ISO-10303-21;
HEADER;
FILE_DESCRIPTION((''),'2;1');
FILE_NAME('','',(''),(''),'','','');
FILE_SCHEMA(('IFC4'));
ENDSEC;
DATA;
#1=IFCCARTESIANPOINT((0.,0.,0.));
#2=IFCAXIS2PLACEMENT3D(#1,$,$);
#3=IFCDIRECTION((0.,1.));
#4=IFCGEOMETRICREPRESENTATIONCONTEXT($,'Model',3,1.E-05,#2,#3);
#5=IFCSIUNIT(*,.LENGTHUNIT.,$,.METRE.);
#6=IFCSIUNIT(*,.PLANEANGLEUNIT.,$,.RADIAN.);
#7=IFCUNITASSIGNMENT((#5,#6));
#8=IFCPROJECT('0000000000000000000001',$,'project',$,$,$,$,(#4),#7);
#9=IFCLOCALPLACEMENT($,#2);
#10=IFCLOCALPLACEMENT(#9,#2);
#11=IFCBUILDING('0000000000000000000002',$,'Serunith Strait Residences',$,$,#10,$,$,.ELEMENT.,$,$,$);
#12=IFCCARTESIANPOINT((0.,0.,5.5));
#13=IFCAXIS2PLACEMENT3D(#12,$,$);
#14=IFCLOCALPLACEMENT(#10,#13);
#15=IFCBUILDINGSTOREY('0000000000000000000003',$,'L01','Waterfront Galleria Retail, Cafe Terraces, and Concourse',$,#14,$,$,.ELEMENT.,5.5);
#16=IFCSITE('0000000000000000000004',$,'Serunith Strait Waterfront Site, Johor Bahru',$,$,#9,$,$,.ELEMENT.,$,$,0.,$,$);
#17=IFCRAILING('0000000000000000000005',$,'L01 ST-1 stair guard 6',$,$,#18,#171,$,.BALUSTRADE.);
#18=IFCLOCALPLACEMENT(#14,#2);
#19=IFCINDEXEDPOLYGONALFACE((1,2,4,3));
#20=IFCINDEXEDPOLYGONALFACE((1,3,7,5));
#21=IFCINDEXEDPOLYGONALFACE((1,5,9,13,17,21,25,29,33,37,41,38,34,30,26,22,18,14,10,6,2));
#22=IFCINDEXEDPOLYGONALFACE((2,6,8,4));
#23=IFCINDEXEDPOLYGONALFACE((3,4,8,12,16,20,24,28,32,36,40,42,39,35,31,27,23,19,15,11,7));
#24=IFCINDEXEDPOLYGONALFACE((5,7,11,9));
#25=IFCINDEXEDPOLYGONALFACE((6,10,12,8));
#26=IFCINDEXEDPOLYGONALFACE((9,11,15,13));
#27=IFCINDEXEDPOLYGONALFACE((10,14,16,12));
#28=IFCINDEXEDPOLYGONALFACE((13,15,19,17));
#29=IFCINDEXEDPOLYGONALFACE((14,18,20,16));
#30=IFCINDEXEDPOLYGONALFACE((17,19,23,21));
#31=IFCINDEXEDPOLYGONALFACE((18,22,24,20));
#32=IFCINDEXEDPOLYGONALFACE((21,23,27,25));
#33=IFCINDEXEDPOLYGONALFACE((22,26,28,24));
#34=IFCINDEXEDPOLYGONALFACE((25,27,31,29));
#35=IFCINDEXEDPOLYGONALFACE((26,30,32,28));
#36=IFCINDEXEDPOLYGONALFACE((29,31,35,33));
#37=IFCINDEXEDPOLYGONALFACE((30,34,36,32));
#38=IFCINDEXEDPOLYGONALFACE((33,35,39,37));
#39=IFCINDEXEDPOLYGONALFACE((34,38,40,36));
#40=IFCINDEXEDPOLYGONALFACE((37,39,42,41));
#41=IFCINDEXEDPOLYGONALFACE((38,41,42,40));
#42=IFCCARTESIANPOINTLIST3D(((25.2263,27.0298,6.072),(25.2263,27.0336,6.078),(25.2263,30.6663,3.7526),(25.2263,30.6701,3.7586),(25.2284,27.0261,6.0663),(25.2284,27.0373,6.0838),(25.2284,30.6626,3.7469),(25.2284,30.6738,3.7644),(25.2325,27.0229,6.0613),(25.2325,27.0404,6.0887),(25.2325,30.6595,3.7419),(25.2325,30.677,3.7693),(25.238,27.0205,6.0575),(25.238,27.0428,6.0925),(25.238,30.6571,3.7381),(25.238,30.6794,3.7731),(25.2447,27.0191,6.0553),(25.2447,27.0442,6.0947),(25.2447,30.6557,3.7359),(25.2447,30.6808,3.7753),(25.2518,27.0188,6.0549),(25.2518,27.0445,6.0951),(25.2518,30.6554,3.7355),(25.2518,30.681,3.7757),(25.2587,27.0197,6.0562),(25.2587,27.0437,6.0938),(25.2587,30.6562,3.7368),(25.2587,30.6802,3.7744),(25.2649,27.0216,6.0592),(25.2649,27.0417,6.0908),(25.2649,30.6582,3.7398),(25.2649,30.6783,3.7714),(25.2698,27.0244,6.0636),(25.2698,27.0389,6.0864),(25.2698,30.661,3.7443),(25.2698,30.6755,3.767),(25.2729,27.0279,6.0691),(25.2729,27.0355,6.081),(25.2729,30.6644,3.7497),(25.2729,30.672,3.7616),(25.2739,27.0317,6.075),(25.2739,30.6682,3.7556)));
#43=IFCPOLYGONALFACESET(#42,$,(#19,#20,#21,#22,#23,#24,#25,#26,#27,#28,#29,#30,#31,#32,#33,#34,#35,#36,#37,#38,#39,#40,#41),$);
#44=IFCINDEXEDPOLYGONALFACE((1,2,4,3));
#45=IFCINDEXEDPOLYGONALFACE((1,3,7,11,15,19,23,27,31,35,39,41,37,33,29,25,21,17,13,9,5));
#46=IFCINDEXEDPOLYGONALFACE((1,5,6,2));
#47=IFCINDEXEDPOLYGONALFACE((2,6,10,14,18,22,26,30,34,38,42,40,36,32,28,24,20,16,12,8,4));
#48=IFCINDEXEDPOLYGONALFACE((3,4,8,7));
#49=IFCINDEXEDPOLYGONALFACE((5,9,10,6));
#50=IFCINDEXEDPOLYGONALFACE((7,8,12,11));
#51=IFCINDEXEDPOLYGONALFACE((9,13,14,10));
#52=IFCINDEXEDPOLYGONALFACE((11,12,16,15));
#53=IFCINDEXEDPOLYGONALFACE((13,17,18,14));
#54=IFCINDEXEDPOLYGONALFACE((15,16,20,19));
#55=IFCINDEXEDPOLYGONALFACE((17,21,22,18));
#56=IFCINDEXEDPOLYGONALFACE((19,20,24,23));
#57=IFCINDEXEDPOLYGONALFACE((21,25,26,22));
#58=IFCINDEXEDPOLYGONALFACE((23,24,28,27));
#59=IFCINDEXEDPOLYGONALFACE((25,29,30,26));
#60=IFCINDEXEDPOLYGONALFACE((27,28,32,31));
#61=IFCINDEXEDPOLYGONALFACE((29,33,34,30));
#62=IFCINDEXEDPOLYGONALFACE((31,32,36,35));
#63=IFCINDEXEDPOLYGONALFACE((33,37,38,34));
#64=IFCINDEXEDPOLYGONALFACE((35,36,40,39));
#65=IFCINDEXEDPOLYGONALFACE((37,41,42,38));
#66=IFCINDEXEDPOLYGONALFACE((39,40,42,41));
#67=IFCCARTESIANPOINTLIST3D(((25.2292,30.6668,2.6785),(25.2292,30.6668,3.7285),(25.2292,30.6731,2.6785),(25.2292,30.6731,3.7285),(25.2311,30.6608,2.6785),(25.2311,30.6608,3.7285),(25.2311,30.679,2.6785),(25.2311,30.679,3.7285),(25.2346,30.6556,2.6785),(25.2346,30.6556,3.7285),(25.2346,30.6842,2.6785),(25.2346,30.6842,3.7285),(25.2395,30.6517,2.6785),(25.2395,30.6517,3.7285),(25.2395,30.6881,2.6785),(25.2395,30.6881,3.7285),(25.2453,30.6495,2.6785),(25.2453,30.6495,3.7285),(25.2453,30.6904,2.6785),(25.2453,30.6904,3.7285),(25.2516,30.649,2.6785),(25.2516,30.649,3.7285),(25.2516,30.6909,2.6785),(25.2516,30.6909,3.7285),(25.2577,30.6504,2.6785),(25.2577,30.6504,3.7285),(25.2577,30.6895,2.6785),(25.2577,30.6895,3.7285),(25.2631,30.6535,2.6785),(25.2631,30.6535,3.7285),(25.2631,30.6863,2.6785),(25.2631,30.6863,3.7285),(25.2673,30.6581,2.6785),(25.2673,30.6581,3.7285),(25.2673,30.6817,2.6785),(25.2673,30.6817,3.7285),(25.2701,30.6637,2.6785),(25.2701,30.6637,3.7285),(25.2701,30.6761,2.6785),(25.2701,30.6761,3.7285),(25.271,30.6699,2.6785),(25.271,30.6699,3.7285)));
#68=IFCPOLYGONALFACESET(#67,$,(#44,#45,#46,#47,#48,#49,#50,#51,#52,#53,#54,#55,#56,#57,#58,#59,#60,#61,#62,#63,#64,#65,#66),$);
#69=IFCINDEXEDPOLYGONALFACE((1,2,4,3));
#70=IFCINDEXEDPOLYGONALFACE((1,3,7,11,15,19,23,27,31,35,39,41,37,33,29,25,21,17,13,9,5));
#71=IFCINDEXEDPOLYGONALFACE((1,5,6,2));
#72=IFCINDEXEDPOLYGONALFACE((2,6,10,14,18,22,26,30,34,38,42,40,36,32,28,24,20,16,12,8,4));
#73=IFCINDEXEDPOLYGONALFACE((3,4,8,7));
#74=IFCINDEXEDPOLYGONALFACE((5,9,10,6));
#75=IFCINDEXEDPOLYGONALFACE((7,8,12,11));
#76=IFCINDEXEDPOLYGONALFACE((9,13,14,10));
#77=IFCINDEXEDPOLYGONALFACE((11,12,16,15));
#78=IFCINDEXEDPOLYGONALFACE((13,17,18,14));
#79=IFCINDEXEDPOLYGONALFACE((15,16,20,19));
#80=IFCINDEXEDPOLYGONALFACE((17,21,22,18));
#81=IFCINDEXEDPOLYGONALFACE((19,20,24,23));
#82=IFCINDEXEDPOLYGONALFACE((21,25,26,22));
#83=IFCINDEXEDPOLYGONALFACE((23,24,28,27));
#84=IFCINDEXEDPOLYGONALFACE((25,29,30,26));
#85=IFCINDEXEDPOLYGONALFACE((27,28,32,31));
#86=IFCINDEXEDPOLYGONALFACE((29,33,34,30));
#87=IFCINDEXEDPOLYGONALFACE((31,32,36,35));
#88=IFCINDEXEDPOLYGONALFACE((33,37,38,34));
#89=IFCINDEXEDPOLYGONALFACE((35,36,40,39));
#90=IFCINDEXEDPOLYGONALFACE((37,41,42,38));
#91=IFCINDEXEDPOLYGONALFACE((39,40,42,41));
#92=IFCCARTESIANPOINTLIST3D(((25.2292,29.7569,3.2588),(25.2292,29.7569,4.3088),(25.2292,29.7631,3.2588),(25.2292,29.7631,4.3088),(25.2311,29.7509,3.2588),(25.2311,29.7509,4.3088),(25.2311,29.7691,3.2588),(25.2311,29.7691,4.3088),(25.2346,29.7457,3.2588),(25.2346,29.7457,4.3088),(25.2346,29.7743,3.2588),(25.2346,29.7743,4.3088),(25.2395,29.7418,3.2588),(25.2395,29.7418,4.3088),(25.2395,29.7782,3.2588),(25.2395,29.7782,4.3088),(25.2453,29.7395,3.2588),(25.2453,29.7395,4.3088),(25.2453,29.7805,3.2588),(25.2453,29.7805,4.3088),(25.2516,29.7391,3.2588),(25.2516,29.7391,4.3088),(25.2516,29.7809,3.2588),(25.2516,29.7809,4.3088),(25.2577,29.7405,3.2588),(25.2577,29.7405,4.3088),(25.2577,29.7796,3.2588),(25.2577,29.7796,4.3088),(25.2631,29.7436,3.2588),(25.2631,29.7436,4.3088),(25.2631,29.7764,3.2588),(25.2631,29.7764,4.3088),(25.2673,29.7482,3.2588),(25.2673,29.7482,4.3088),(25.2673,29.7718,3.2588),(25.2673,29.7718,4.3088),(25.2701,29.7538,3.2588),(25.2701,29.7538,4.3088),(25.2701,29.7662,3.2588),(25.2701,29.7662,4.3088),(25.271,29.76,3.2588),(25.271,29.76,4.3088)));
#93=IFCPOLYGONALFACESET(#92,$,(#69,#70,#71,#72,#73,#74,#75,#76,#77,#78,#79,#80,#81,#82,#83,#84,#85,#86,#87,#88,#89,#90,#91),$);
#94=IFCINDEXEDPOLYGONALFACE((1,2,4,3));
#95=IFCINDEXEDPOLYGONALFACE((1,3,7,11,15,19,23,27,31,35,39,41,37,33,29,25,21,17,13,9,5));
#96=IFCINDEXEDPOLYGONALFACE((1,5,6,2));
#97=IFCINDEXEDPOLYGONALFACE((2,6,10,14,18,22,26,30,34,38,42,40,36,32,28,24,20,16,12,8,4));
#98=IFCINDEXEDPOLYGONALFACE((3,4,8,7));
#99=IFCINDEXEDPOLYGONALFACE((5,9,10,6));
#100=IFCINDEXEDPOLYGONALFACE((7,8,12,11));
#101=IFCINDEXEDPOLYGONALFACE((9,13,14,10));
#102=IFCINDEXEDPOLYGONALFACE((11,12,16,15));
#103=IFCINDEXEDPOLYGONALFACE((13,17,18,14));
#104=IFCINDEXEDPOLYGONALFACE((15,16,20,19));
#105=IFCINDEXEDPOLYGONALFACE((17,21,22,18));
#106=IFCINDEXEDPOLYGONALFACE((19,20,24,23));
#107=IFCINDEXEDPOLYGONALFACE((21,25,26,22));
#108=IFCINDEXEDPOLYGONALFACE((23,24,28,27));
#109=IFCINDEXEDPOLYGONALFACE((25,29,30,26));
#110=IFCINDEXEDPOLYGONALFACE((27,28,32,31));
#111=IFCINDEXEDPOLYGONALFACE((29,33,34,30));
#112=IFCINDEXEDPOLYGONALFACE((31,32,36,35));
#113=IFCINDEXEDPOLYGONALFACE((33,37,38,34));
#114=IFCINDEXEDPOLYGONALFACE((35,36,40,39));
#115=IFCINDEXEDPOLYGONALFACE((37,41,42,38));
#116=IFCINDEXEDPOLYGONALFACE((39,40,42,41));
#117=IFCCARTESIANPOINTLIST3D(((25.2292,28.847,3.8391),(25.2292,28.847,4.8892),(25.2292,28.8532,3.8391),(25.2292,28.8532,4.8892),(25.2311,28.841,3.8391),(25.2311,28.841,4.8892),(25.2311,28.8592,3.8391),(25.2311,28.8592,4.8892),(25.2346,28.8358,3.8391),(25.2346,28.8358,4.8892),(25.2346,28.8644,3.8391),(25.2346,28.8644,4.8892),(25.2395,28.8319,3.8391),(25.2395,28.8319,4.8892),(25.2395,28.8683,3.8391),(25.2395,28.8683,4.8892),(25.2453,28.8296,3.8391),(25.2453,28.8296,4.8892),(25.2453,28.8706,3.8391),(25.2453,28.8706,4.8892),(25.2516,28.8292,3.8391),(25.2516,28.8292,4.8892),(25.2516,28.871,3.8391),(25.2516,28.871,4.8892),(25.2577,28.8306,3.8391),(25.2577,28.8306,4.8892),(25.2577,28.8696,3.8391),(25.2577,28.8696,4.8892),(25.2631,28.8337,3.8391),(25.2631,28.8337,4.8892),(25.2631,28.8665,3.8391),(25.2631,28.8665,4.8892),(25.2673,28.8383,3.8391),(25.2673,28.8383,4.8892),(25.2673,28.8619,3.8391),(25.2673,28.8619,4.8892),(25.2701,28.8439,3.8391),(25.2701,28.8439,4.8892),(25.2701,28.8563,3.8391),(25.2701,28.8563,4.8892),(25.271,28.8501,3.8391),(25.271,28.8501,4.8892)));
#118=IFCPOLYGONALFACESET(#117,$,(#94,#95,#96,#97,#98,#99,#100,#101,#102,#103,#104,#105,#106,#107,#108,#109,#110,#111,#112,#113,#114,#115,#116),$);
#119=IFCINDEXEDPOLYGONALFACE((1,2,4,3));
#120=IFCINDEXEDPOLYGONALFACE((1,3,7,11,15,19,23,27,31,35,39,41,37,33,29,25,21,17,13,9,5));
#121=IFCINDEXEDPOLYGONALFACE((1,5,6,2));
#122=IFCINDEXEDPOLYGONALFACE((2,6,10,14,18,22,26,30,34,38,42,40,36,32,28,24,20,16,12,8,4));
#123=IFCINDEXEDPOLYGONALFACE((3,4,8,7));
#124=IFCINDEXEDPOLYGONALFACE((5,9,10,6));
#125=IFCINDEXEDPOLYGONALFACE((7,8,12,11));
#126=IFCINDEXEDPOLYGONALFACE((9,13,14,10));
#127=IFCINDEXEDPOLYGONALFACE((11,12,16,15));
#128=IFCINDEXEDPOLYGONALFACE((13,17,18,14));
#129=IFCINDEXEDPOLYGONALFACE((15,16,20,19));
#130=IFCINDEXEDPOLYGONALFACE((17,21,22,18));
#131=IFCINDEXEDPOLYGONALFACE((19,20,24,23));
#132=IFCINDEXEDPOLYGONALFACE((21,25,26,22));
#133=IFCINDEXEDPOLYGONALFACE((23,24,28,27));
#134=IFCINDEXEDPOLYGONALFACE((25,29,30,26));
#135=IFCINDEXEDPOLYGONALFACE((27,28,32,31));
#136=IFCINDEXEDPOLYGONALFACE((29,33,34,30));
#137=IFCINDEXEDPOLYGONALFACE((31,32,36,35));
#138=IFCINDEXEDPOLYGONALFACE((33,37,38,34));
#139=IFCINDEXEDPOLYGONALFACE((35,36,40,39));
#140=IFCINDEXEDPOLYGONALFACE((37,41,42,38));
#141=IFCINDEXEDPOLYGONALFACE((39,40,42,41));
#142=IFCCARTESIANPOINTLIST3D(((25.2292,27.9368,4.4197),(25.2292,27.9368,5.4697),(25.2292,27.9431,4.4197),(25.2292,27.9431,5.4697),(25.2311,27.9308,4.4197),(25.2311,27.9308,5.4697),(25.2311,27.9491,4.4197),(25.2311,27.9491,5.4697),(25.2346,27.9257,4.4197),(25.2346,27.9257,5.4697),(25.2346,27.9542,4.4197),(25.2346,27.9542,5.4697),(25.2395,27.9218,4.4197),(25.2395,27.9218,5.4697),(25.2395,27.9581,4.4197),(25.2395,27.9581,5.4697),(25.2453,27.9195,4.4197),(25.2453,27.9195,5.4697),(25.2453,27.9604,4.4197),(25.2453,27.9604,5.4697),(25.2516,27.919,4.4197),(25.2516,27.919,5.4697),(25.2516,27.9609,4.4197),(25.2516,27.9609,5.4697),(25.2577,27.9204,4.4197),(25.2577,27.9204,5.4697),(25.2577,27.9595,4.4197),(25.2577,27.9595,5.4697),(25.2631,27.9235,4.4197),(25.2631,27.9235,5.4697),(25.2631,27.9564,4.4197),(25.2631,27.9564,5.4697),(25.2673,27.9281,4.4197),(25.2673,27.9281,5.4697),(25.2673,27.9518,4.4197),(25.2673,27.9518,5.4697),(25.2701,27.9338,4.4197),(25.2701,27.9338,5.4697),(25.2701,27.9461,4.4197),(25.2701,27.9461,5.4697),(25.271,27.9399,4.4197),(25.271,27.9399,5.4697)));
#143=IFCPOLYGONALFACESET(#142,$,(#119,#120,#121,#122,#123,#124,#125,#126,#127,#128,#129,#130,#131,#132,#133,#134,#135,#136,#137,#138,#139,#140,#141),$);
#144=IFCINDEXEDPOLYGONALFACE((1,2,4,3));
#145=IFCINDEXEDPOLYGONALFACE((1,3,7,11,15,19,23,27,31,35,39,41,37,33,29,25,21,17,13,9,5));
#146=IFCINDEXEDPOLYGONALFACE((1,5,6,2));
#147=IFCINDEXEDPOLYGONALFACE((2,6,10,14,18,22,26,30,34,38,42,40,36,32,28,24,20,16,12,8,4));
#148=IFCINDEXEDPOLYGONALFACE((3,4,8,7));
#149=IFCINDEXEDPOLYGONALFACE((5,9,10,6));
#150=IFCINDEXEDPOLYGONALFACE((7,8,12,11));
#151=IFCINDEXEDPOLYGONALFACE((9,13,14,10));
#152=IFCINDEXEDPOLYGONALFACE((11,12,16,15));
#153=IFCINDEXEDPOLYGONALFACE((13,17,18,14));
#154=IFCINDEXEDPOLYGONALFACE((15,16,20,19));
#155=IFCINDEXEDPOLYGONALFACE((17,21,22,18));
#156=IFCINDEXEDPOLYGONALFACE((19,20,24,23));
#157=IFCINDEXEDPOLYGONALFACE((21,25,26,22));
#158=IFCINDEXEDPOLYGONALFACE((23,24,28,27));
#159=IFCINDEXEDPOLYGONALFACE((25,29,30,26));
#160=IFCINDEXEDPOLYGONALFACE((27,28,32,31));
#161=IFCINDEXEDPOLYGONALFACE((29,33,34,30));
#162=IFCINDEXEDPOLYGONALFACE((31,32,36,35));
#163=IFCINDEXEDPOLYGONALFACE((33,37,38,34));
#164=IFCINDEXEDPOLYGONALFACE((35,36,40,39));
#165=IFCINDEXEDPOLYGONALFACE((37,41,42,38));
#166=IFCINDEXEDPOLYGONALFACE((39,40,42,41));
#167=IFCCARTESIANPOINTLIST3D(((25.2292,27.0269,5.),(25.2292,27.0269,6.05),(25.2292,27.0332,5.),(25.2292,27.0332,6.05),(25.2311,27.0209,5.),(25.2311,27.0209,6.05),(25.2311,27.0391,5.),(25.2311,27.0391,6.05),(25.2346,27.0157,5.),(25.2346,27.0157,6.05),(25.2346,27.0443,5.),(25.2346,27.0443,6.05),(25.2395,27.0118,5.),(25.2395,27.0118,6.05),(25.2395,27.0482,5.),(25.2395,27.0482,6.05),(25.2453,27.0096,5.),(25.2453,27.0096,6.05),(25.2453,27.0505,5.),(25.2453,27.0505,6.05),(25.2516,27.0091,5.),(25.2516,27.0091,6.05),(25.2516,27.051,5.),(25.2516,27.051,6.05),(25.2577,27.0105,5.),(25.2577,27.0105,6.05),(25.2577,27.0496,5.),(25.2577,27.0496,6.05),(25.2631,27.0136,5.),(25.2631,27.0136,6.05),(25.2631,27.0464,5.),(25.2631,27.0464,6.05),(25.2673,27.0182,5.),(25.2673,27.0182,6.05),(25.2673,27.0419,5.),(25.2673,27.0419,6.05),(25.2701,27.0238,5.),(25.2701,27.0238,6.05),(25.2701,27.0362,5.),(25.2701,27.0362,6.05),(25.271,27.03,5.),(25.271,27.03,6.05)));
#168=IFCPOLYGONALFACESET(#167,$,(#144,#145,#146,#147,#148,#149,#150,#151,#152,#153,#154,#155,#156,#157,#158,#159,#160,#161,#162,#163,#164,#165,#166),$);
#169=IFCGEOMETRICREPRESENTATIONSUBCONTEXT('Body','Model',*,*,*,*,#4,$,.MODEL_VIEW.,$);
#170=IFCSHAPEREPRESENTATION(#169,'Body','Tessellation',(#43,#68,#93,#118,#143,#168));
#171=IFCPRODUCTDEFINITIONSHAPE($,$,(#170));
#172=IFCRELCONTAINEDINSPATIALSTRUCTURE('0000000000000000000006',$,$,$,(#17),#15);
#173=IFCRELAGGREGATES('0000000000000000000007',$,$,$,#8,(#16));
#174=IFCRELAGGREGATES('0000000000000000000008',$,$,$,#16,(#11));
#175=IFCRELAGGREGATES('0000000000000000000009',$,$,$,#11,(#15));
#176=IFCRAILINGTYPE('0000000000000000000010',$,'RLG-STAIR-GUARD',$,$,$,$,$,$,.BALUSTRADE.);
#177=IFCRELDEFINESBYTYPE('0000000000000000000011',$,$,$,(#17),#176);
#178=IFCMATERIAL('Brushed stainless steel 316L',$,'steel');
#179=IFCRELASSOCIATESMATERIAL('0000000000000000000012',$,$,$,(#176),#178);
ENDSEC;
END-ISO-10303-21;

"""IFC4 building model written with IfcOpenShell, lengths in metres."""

from ifc_helpers import new_model, si_unit, direction, frame, origin, origin_2d, place, context, subcontext, project, spatial, circle, extrude, material, type_object, element, save


model = new_model("IFC4")

# Units and contexts
model_context = context("Model", 3, precision=1e-05, world=origin(), true_north=direction((0.0, 1.0)))
body_context = subcontext(model_context, "Body", "Model", "MODEL_VIEW")
ifc_project = project(units=[si_unit("LENGTHUNIT", "METRE"), si_unit("PLANEANGLEUNIT", "RADIAN")], contexts=[model_context])

# Site, building, storey
site_placement = place(None, origin())
site = spatial("IfcSite", under=ifc_project, at=site_placement, Name="Serunith Strait Waterfront Site, Johor Bahru", CompositionType="ELEMENT", RefElevation=0.0)
building_placement = place(site_placement, origin())
building = spatial("IfcBuilding", under=site, at=building_placement, Name="Serunith Strait Residences", CompositionType="ELEMENT")
storey_placement = place(building_placement, frame((0.0, 0.0, 5.5)))
storey = spatial("IfcBuildingStorey", under=building, at=storey_placement, Name="L01", Description="Waterfront Galleria Retail, Cafe Terraces, and Concourse", CompositionType="ELEMENT", Elevation=5.5)

# Railing
ifc_material_1 = material(Name="Brushed stainless steel 316L", Category="steel")
railing_type_1 = type_object("IfcRailingType", Name="RLG-STAIR-GUARD", PredefinedType="BALUSTRADE", material=ifc_material_1)
railing_1_placement = place(storey_placement, frame((25.25, 30.6699, 2.6785)))
element("IfcRailing", 1, at=railing_1_placement, inside=storey, type_object=railing_type_1, Name="L01 ST-1 stair guard 6", PredefinedType="BALUSTRADE", context=body_context, shape_type="SweptSolid", body=[
    extrude(circle(Radius=0.0239, at=origin_2d()), frame((0.0, -0.0017, 1.0771), z_axis=(0.0, -0.843112, 0.537739), x_axis=(1.0, 0.0, 0.0)), (0.0, 0.0, 1.0), 4.3132),
    extrude(circle(Radius=0.021, at=origin_2d()), origin(), (0.0, 0.0, 1.0), 1.05),
    extrude(circle(Radius=0.021, at=origin_2d()), frame((0.0, -0.9099, 0.5803)), (0.0, 0.0, 1.0), 1.05),
    extrude(circle(Radius=0.021, at=origin_2d()), frame((0.0, -1.8198, 1.1606)), (0.0, 0.0, 1.0), 1.05),
    extrude(circle(Radius=0.021, at=origin_2d()), frame((0.0, -2.73, 1.7412)), (0.0, 0.0, 1.0), 1.05),
    extrude(circle(Radius=0.021, at=origin_2d()), frame((0.0, -3.6399, 2.3215)), (0.0, 0.0, 1.0), 1.05),
])

save(model, "model.ifc")
